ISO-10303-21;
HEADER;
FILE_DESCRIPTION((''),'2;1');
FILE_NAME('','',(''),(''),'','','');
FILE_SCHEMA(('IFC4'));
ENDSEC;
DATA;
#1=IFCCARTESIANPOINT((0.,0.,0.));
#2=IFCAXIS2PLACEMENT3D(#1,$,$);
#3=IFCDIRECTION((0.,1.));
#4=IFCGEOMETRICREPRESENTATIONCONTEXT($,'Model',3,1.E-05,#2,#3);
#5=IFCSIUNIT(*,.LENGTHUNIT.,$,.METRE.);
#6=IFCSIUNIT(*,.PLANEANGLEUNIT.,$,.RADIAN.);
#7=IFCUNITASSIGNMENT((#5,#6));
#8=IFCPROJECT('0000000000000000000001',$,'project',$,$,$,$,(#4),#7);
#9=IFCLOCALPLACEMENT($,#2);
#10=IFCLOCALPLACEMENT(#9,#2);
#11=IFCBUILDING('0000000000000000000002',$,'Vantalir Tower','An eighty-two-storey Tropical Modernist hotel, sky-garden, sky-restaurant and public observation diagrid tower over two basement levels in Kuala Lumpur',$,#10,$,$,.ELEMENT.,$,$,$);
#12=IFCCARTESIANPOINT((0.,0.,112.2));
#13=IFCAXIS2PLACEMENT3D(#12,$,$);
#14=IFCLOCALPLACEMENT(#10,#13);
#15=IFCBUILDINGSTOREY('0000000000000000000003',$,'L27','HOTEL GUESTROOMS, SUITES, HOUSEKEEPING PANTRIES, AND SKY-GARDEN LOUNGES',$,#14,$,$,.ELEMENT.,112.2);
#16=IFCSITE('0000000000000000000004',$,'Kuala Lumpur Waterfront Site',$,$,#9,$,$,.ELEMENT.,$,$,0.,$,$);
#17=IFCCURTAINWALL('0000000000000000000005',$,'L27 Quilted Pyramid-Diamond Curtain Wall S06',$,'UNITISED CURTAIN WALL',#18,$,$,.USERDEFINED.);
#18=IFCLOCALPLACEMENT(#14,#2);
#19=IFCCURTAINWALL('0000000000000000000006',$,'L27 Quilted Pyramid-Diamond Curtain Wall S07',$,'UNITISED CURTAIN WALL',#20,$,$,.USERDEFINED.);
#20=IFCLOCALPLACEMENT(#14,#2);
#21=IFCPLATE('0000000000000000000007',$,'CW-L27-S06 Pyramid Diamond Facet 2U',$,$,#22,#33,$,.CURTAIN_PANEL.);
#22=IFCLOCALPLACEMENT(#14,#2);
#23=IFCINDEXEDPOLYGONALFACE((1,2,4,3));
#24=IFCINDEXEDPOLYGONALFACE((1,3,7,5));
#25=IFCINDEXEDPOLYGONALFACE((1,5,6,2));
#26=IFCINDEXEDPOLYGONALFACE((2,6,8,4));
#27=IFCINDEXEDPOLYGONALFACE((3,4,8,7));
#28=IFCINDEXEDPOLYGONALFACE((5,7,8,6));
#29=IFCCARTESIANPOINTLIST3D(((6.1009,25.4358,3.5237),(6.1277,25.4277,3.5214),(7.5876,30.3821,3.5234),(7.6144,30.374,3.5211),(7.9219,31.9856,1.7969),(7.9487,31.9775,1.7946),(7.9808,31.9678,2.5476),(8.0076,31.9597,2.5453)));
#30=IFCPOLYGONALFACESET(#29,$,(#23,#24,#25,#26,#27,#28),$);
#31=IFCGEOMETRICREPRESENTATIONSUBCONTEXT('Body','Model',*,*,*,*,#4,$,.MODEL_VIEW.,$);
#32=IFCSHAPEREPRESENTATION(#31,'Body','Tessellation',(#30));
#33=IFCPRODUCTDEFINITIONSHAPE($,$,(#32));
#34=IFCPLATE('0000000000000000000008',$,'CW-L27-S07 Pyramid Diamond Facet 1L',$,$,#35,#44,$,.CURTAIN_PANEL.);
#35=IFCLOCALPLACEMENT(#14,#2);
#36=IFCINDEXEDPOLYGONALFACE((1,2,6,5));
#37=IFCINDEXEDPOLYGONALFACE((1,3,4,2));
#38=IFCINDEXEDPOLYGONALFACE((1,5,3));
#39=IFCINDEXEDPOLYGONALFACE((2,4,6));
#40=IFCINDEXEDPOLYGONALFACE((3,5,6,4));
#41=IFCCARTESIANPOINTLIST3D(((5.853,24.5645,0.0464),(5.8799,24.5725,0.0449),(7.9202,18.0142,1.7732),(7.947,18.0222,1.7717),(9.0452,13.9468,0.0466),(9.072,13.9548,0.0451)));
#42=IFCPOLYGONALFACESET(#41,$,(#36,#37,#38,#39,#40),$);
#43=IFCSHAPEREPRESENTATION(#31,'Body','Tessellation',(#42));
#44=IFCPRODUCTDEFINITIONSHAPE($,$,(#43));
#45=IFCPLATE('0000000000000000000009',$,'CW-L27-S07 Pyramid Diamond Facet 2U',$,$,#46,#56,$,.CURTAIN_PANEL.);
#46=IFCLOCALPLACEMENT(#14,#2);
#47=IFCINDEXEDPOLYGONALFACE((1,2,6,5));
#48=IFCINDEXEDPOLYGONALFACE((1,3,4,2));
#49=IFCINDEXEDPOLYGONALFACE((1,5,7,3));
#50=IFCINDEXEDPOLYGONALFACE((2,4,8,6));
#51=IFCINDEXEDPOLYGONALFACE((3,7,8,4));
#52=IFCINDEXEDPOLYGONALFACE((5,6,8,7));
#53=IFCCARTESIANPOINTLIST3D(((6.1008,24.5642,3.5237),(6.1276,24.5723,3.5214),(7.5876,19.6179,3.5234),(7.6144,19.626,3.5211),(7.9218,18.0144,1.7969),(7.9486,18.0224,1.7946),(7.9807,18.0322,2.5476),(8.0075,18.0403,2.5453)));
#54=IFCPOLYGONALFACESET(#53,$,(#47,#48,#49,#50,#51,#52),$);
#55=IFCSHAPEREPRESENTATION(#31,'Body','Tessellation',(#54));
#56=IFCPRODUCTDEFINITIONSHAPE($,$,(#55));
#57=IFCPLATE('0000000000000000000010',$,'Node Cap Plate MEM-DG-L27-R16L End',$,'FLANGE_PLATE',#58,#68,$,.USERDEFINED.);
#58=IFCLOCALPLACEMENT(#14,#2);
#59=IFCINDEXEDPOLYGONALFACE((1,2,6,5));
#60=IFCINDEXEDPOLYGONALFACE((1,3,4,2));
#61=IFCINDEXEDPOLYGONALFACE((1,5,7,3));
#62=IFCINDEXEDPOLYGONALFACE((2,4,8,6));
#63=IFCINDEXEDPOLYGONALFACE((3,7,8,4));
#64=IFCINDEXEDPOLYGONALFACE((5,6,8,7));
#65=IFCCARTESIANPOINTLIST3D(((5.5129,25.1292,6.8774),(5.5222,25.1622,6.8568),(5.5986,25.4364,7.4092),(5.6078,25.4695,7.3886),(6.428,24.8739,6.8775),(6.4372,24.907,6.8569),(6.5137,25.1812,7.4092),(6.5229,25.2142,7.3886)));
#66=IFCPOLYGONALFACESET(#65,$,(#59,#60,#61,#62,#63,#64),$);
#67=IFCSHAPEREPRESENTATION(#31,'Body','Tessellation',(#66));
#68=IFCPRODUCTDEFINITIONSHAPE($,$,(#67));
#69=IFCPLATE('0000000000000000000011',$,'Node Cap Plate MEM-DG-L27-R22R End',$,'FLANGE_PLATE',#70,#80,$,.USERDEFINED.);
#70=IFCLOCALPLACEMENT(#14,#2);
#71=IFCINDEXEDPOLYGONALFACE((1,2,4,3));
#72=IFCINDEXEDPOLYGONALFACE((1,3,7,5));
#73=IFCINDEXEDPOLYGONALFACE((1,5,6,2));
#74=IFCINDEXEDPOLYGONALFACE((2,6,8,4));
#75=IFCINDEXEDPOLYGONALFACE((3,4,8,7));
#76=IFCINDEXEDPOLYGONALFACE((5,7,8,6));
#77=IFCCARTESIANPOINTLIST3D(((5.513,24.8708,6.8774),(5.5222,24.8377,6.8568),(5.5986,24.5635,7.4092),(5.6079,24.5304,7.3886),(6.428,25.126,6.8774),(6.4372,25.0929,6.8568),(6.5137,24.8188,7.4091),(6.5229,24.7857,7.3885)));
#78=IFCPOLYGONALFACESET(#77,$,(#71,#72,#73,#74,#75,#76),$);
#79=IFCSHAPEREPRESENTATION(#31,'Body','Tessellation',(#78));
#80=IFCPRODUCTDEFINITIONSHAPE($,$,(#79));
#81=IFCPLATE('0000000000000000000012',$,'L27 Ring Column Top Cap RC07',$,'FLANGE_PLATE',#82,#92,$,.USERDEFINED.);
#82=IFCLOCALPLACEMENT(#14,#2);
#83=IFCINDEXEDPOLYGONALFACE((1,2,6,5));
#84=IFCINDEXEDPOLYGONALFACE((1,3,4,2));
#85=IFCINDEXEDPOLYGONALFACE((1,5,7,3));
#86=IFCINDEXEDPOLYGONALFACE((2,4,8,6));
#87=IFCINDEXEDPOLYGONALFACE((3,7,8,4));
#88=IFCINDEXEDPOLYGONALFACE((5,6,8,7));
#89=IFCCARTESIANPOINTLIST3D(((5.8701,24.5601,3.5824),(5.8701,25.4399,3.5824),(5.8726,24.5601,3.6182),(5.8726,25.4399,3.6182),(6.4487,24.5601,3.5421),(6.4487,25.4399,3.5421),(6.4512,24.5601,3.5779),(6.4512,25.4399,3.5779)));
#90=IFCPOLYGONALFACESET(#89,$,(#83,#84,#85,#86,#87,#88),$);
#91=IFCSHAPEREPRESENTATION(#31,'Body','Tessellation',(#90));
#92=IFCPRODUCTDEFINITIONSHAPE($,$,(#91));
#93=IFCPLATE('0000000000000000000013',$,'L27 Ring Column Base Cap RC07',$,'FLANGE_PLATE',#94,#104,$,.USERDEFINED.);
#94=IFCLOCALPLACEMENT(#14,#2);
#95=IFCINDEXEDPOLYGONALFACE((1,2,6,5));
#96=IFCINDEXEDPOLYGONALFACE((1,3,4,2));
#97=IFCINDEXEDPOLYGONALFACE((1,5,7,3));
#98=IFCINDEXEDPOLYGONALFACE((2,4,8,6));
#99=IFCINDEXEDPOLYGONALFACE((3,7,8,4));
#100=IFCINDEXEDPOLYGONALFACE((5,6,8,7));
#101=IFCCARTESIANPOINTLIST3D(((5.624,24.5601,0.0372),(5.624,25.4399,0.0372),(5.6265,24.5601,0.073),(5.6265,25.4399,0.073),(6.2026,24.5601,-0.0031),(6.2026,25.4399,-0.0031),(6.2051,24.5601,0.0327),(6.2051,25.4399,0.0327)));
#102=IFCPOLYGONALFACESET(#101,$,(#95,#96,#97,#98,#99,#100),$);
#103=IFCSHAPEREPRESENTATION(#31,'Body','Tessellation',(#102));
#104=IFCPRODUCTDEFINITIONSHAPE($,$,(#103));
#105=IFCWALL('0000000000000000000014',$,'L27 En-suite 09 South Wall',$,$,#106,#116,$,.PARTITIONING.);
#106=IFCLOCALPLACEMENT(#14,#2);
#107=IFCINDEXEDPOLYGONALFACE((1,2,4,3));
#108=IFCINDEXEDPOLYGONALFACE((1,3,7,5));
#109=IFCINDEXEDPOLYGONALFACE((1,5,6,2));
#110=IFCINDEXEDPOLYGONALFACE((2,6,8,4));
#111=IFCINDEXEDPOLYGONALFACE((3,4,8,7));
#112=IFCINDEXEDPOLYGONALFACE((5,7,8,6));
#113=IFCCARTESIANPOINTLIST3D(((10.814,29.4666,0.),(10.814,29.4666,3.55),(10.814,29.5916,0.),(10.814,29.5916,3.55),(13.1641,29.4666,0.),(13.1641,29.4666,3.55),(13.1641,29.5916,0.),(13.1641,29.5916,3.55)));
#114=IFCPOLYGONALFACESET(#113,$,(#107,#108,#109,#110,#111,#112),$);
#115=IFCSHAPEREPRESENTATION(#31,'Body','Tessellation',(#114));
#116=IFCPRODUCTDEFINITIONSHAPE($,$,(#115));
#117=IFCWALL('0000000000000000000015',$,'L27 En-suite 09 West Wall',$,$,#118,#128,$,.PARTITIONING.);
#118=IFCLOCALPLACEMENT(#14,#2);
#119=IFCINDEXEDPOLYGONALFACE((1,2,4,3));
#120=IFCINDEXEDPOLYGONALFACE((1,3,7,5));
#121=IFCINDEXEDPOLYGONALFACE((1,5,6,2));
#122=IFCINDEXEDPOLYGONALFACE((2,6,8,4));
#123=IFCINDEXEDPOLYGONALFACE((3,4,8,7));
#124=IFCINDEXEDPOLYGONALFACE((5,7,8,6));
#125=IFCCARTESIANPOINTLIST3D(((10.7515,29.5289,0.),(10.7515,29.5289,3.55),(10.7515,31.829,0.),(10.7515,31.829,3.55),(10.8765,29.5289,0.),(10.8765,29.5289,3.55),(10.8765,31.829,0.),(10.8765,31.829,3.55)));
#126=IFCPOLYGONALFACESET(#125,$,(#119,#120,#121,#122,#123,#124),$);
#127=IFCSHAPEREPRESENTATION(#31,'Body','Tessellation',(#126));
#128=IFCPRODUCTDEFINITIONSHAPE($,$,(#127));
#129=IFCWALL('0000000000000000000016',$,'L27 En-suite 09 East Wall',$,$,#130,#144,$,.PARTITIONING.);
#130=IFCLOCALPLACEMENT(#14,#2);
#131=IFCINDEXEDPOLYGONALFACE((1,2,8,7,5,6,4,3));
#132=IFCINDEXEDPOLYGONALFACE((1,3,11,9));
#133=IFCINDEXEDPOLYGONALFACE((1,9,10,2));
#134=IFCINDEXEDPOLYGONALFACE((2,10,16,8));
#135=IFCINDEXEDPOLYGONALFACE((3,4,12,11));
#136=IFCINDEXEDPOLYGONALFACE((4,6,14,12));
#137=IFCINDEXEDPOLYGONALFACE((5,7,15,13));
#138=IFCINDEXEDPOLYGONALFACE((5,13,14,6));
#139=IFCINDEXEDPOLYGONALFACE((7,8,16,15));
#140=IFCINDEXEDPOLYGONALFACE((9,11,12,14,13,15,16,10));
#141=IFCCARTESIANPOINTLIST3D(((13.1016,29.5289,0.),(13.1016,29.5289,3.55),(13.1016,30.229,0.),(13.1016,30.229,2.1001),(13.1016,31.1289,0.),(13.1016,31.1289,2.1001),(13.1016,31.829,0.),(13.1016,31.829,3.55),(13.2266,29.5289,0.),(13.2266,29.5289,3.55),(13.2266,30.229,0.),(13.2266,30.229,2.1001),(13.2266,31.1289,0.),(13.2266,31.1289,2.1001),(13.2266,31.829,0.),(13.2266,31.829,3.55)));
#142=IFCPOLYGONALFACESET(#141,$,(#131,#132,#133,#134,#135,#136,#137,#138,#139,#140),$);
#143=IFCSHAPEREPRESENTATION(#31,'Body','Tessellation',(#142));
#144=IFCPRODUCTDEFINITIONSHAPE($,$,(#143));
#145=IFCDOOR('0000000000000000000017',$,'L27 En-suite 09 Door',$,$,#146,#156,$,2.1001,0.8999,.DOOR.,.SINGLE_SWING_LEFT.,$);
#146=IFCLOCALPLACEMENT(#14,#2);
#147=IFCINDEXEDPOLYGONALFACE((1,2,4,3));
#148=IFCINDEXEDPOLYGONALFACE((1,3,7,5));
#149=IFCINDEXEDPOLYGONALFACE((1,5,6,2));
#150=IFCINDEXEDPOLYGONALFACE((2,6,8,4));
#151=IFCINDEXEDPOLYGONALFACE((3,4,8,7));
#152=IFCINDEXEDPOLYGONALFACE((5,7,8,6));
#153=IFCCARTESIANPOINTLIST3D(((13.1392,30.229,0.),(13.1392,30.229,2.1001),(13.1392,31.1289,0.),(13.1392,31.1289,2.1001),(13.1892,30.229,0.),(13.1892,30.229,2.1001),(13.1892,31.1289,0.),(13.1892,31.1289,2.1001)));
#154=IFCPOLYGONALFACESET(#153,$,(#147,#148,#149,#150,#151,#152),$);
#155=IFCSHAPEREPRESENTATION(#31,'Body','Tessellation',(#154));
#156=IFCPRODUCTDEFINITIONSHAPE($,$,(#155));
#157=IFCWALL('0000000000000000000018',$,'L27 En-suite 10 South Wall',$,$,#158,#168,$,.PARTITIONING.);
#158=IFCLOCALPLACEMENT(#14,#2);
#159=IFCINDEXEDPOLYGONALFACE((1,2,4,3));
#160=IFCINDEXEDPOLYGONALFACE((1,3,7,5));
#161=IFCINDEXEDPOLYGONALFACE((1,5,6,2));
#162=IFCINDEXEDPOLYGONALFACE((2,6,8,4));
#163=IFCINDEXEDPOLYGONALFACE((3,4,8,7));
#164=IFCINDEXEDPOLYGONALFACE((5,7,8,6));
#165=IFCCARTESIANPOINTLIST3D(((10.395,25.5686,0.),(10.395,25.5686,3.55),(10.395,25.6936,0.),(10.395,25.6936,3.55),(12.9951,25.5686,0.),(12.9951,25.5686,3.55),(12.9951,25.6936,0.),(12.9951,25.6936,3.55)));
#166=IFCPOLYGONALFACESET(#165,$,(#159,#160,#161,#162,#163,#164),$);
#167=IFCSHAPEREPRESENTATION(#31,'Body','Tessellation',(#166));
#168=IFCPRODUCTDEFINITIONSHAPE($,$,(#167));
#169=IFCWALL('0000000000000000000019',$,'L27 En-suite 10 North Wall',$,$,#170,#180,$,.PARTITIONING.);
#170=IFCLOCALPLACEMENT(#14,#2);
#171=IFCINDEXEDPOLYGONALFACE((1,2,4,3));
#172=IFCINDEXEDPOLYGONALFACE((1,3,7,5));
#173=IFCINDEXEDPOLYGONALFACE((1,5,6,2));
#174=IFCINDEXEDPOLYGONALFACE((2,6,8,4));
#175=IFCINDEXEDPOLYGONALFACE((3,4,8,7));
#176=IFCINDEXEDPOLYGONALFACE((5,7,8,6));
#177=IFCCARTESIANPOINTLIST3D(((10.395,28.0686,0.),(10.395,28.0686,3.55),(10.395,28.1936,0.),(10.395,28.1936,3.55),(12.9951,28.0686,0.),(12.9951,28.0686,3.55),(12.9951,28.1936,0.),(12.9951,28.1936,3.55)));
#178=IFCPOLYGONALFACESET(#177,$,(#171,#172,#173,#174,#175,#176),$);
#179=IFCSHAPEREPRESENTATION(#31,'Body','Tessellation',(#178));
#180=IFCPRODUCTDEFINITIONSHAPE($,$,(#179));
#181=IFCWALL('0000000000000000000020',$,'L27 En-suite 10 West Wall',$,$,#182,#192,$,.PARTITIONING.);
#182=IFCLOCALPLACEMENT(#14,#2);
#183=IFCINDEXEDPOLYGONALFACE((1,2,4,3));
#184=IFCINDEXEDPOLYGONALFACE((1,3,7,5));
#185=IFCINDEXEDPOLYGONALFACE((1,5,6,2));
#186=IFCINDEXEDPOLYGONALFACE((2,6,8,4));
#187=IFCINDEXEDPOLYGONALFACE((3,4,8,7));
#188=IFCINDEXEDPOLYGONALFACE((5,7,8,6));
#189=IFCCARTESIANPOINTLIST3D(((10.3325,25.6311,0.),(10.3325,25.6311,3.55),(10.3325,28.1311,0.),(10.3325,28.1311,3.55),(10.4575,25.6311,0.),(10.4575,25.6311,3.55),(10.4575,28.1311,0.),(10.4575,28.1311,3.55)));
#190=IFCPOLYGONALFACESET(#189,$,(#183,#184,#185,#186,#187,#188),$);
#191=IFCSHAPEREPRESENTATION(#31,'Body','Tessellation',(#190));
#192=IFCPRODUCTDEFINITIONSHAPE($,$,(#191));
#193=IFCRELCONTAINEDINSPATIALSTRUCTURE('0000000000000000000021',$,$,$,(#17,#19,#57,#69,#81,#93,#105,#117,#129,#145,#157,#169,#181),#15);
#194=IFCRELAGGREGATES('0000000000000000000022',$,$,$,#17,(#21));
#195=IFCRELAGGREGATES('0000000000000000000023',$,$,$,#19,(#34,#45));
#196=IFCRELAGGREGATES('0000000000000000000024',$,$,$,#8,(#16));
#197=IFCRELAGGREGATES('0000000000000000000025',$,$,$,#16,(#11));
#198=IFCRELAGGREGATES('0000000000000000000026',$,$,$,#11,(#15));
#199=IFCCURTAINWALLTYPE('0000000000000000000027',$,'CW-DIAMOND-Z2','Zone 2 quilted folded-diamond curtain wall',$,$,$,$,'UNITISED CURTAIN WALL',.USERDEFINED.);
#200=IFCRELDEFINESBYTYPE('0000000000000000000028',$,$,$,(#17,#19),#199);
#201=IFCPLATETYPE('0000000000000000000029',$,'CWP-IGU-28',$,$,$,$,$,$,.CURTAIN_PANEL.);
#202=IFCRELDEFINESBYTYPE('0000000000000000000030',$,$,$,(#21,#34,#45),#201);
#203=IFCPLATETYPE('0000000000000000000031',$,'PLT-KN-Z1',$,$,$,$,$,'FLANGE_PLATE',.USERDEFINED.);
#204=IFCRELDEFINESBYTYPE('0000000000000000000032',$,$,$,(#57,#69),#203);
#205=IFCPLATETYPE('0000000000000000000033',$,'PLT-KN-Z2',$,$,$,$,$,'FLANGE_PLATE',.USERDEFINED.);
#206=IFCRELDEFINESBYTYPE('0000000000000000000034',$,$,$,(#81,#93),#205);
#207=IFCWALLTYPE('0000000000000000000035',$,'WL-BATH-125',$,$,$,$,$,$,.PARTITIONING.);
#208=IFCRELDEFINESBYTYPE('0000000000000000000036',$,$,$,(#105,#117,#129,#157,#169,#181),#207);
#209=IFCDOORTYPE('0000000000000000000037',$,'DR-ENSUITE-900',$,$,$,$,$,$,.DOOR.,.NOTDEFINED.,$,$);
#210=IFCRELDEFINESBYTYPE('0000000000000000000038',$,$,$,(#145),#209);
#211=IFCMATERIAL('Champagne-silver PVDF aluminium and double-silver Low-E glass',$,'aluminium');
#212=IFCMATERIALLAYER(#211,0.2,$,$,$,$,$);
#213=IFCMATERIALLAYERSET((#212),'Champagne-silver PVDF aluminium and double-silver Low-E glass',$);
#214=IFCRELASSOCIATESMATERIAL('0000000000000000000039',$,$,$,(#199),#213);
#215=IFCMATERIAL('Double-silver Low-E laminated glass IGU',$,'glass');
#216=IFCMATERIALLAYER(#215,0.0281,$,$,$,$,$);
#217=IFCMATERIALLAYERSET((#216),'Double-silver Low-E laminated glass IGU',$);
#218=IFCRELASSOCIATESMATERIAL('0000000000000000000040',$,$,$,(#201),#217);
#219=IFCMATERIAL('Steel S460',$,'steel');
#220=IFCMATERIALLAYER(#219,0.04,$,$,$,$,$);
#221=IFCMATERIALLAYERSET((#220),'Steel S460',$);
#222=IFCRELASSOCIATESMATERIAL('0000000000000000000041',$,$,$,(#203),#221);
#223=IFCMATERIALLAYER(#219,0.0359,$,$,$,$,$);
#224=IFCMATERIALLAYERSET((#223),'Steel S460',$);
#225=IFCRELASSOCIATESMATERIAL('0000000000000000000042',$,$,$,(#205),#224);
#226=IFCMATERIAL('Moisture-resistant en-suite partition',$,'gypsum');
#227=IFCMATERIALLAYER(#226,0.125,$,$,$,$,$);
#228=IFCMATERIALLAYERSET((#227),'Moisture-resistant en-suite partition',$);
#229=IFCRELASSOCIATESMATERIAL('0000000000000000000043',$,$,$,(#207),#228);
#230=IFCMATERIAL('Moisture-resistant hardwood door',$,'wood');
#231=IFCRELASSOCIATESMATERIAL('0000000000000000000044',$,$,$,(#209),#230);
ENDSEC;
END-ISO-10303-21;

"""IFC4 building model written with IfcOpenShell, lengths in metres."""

from ifc_helpers import new_model, si_unit, direction, frame, frame_2d, origin, place, context, subcontext, project, spatial, polyline, rectangle, outline, extrude, material, layer, layer_set, type_object, element, fill, aggregate, save


model = new_model("IFC4")

# Units and contexts
model_context = context("Model", 3, precision=1e-05, world=origin(), true_north=direction((0.0, 1.0)))
body_context = subcontext(model_context, "Body", "Model", "MODEL_VIEW")
ifc_project = project(units=[si_unit("LENGTHUNIT", "METRE"), si_unit("PLANEANGLEUNIT", "RADIAN")], contexts=[model_context])

# Site, building, storey
site_placement = place(None, origin())
site = spatial("IfcSite", under=ifc_project, at=site_placement, Name="Kuala Lumpur Waterfront Site", CompositionType="ELEMENT", RefElevation=0.0)
building_placement = place(site_placement, origin())
building = spatial("IfcBuilding", under=site, at=building_placement, Name="Vantalir Tower", Description="An eighty-two-storey Tropical Modernist hotel, sky-garden, sky-restaurant and public observation diagrid tower over two basement levels in Kuala Lumpur", CompositionType="ELEMENT")
storey_placement = place(building_placement, frame((0.0, 0.0, 112.2)))
storey = spatial("IfcBuildingStorey", under=building, at=storey_placement, Name="L27", Description="HOTEL GUESTROOMS, SUITES, HOUSEKEEPING PANTRIES, AND SKY-GARDEN LOUNGES", CompositionType="ELEMENT", Elevation=112.2)

# Shared definitions
ifc_material_1 = material(Name="Steel S460", Category="steel")

# Curtain wall
ifc_material_2 = material(Name="Champagne-silver PVDF aluminium and double-silver Low-E glass", Category="aluminium")
ifc_layer_1 = layer(ifc_material_2, 0.2)
ifc_layer_set_1 = layer_set([ifc_layer_1], Name="Champagne-silver PVDF aluminium and double-silver Low-E glass")
curtain_wall_type = type_object("IfcCurtainWallType", Name="CW-DIAMOND-Z2", Description="Zone 2 quilted folded-diamond curtain wall", ElementType="UNITISED CURTAIN WALL", PredefinedType="USERDEFINED", material=ifc_layer_set_1)
curtain_wall_1_placement = place(storey_placement, origin())
curtain_wall_1 = element("IfcCurtainWall", 1, at=curtain_wall_1_placement, inside=storey, type_object=curtain_wall_type, Name="L27 Quilted Pyramid-Diamond Curtain Wall S06", ObjectType="UNITISED CURTAIN WALL", PredefinedType="USERDEFINED")

# Curtain wall
curtain_wall_2_placement = place(storey_placement, origin())
curtain_wall_2 = element("IfcCurtainWall", 2, at=curtain_wall_2_placement, inside=storey, type_object=curtain_wall_type, Name="L27 Quilted Pyramid-Diamond Curtain Wall S07", ObjectType="UNITISED CURTAIN WALL", PredefinedType="USERDEFINED")

# Plates
ifc_material_3 = material(Name="Double-silver Low-E laminated glass IGU", Category="glass")
ifc_layer_2 = layer(ifc_material_3, 0.0281)
ifc_layer_set_2 = layer_set([ifc_layer_2], Name="Double-silver Low-E laminated glass IGU")
plate_type_1 = type_object("IfcPlateType", Name="CWP-IGU-28", PredefinedType="CURTAIN_PANEL", material=ifc_layer_set_2)
plate_1_placement = place(storey_placement, frame((7.5876, 30.3821, 3.5234), z_axis=(-0.954471, 0.2869, 0.081687), x_axis=(-0.287859, -0.957673, 0.000046)))
plate_1 = element("IfcPlate", 3, at=plate_1_placement, type_object=plate_type_1, Name="CW-L27-S06 Pyramid Diamond Facet 2U", PredefinedType="CURTAIN_PANEL", context=body_context, shape_type="SweptSolid", body=[
    extrude(outline(polyline([(0.0, 0.0), (5.1649, 0.0), (-1.6319, -1.7323), (-1.6318, -0.979), (0.0, 0.0)])), origin(), (0.0, 0.0, -1.0), 0.0281),
])
aggregate(curtain_wall_1, [plate_1])
plate_2_placement = place(storey_placement, frame((5.853, 24.5645, 0.0464), z_axis=(-0.95625, -0.287489, 0.054182), x_axis=(0.287913, -0.957656, 0.000022)))
plate_2 = element("IfcPlate", 4, at=plate_2_placement, type_object=plate_type_1, Name="CW-L27-S07 Pyramid Diamond Facet 1L", PredefinedType="CURTAIN_PANEL", context=body_context, shape_type="SweptSolid", body=[
    extrude(outline(polyline([(0.0, 0.0), (11.0871, 0.0), (6.8681, 1.7292), (0.0, 0.0)])), origin(), (0.0, 0.0, -1.0), 0.0281),
])
plate_3_placement = place(storey_placement, frame((6.1008, 24.5642, 3.5237), z_axis=(-0.954471, -0.2869, 0.081687), x_axis=(0.287859, -0.957673, -0.000046)))
plate_3 = element("IfcPlate", 5, at=plate_3_placement, type_object=plate_type_1, Name="CW-L27-S07 Pyramid Diamond Facet 2U", PredefinedType="CURTAIN_PANEL", context=body_context, shape_type="SweptSolid", body=[
    extrude(outline(polyline([(0.0, 0.0), (5.1649, 0.0), (6.7967, -0.979), (6.7969, -1.7323), (0.0, 0.0)])), origin(), (0.0, 0.0, -1.0), 0.0281),
])
aggregate(curtain_wall_2, [plate_2, plate_3])

# Plates
ifc_layer_3 = layer(ifc_material_1, 0.04)
ifc_layer_set_3 = layer_set([ifc_layer_3], Name="Steel S460")
plate_type_2 = type_object("IfcPlateType", Name="PLT-KN-Z1", ElementType="FLANGE_PLATE", PredefinedType="USERDEFINED", material=ifc_layer_set_3)
plate_4_placement = place(storey_placement, frame((5.5129, 25.1292, 6.8774), z_axis=(-0.230413, -0.826005, 0.514418), x_axis=(0.963235, -0.268659, 0.000055)))
element("IfcPlate", 6, at=plate_4_placement, inside=storey, type_object=plate_type_2, Name="Node Cap Plate MEM-DG-L27-R16L End", ObjectType="FLANGE_PLATE", PredefinedType="USERDEFINED", context=body_context, shape_type="SweptSolid", body=[
    extrude(outline(polyline([(0.0, 0.0), (0.9499, 0.0), (0.95, 0.62), (0.0, 0.6201), (0.0, 0.0)])), origin(), (0.0, 0.0, -1.0), 0.04),
])
plate_5_placement = place(storey_placement, frame((6.428, 25.126, 6.8774), z_axis=(-0.230413, 0.826005, 0.514418), x_axis=(-0.963235, -0.268659, -0.000055)))
element("IfcPlate", 7, at=plate_5_placement, inside=storey, type_object=plate_type_2, Name="Node Cap Plate MEM-DG-L27-R22R End", ObjectType="FLANGE_PLATE", PredefinedType="USERDEFINED", context=body_context, shape_type="SweptSolid", body=[
    extrude(outline(polyline([(0.0, 0.0), (0.9499, 0.0), (0.9499, 0.6201), (-0.0001, 0.62), (0.0, 0.0)])), origin(), (0.0, 0.0, -1.0), 0.04),
])
ifc_layer_4 = layer(ifc_material_1, 0.0359)
ifc_layer_set_4 = layer_set([ifc_layer_4], Name="Steel S460")
plate_type_3 = type_object("IfcPlateType", Name="PLT-KN-Z2", ElementType="FLANGE_PLATE", PredefinedType="USERDEFINED", material=ifc_layer_set_4)
for number, where, z_axis, x_axis, name in (
    (8, (5.8726, 25.4399, 3.6182), (0.069452, 0.0, 0.997585), (0.0, -1.0, 0.0), "L27 Ring Column Top Cap RC07"),
    (9, (5.6265, 25.4399, 0.073), (0.069452, 0.0, 0.997585), (0.0, -1.0, 0.0), "L27 Ring Column Base Cap RC07"),
):
    element("IfcPlate", number, at=place(storey_placement, frame(where, z_axis=z_axis, x_axis=x_axis)), inside=storey, type_object=plate_type_3, Name=name, ObjectType="FLANGE_PLATE", PredefinedType="USERDEFINED", context=body_context, shape_type="SweptSolid", body=[
        extrude(outline(polyline([(0.0, 0.0), (0.8799, 0.0), (0.8799, 0.58), (0.0, 0.58), (0.0, 0.0)])), origin(), (0.0, 0.0, -1.0), 0.0359),
    ])

# Walls
ifc_material_4 = material(Name="Moisture-resistant en-suite partition", Category="gypsum")
ifc_layer_5 = layer(ifc_material_4, 0.125)
ifc_layer_set_5 = layer_set([ifc_layer_5], Name="Moisture-resistant en-suite partition")
wall_type_1 = type_object("IfcWallType", Name="WL-BATH-125", PredefinedType="PARTITIONING", material=ifc_layer_set_5)
wall_1_placement = place(storey_placement, frame((10.814, 29.5291, 0.0), z_axis=(0.0, 0.0, 1.0), x_axis=(1.0, 0.0, 0.0)))
element("IfcWall", 10, at=wall_1_placement, inside=storey, type_object=wall_type_1, Name="L27 En-suite 09 South Wall", PredefinedType="PARTITIONING", context=body_context, shape_type="SweptSolid", body=[
    extrude(rectangle(XDim=2.3501, YDim=0.125, at=frame_2d((1.175, 0.0))), origin(), (0.0, 0.0, 1.0), 3.55),
])
wall_2_placement = place(storey_placement, frame((10.814, 29.5291, 0.0), z_axis=(0.0, 0.0, 1.0), x_axis=(0.0, 1.0, 0.0)))
element("IfcWall", 11, at=wall_2_placement, inside=storey, type_object=wall_type_1, Name="L27 En-suite 09 West Wall", PredefinedType="PARTITIONING", context=body_context, shape_type="SweptSolid", body=[
    extrude(rectangle(XDim=2.3, YDim=0.125, at=frame_2d((1.1499, 0.0))), origin(), (0.0, 0.0, 1.0), 3.55),
])

# Wall, opening, door
wall_3_placement = place(storey_placement, frame((13.1641, 29.5291, 0.0), z_axis=(0.0, 0.0, 1.0), x_axis=(0.0, 1.0, 0.0)))
wall_3 = element("IfcWall", 12, at=wall_3_placement, inside=storey, type_object=wall_type_1, Name="L27 En-suite 09 East Wall", PredefinedType="PARTITIONING", context=body_context, shape_type="SweptSolid", body=[
    extrude(rectangle(XDim=2.3, YDim=0.125, at=frame_2d((1.1499, 0.0))), origin(), (0.0, 0.0, 1.0), 3.55),
])
opening_1_placement = place(wall_3_placement, frame((0.7, 0.0, 0.0)))
opening_1 = element("IfcOpeningElement", 13, at=opening_1_placement, cuts=wall_3, PredefinedType="OPENING", context=body_context, shape_type="SweptSolid", body=[
    extrude(rectangle(XDim=0.8999, YDim=2.1001, at=frame_2d((0.45, 1.05))), frame((0.0, 0.0725, 0.0), z_axis=(0.0, -1.0, 0.0), x_axis=(1.0, 0.0, 0.0)), (0.0, 0.0, 1.0), 0.145),
])
ifc_material_5 = material(Name="Moisture-resistant hardwood door", Category="wood")
door_type_1 = type_object("IfcDoorType", Name="DR-ENSUITE-900", OperationType="NOTDEFINED", PredefinedType="DOOR", material=ifc_material_5)
door_1_placement = place(opening_1_placement, origin())
door_1 = element("IfcDoor", 14, at=door_1_placement, inside=storey, type_object=door_type_1, Name="L27 En-suite 09 Door", OperationType="SINGLE_SWING_LEFT", OverallHeight=2.1001, OverallWidth=0.8999, PredefinedType="DOOR", context=body_context, shape_type="SweptSolid", body=[
    extrude(rectangle(XDim=0.8999, YDim=2.1001, at=frame_2d((0.45, 1.05))), frame((0.0, 0.0249, 0.0), z_axis=(0.0, -1.0, 0.0), x_axis=(1.0, 0.0, 0.0)), (0.0, 0.0, 1.0), 0.05),
])
fill(opening_1, door_1)

# Walls
for number, where, z_axis, x_axis, name in (
    (15, (10.395, 25.6311, 0.0), (0.0, 0.0, 1.0), (1.0, 0.0, 0.0), "L27 En-suite 10 South Wall"),
    (16, (10.395, 28.1311, 0.0), (0.0, 0.0, 1.0), (1.0, 0.0, 0.0), "L27 En-suite 10 North Wall"),
):
    element("IfcWall", number, at=place(storey_placement, frame(where, z_axis=z_axis, x_axis=x_axis)), inside=storey, type_object=wall_type_1, Name=name, PredefinedType="PARTITIONING", context=body_context, shape_type="SweptSolid", body=[
        extrude(rectangle(XDim=2.6001, YDim=0.125, at=frame_2d((1.3, 0.0))), origin(), (0.0, 0.0, 1.0), 3.55),
    ])
wall_4_placement = place(storey_placement, frame((10.395, 25.6311, 0.0), z_axis=(0.0, 0.0, 1.0), x_axis=(0.0, 1.0, 0.0)))
element("IfcWall", 17, at=wall_4_placement, inside=storey, type_object=wall_type_1, Name="L27 En-suite 10 West Wall", PredefinedType="PARTITIONING", context=body_context, shape_type="SweptSolid", body=[
    extrude(rectangle(XDim=2.5, YDim=0.125, at=frame_2d((1.25, 0.0))), origin(), (0.0, 0.0, 1.0), 3.55),
])

save(model, "model.ifc")
